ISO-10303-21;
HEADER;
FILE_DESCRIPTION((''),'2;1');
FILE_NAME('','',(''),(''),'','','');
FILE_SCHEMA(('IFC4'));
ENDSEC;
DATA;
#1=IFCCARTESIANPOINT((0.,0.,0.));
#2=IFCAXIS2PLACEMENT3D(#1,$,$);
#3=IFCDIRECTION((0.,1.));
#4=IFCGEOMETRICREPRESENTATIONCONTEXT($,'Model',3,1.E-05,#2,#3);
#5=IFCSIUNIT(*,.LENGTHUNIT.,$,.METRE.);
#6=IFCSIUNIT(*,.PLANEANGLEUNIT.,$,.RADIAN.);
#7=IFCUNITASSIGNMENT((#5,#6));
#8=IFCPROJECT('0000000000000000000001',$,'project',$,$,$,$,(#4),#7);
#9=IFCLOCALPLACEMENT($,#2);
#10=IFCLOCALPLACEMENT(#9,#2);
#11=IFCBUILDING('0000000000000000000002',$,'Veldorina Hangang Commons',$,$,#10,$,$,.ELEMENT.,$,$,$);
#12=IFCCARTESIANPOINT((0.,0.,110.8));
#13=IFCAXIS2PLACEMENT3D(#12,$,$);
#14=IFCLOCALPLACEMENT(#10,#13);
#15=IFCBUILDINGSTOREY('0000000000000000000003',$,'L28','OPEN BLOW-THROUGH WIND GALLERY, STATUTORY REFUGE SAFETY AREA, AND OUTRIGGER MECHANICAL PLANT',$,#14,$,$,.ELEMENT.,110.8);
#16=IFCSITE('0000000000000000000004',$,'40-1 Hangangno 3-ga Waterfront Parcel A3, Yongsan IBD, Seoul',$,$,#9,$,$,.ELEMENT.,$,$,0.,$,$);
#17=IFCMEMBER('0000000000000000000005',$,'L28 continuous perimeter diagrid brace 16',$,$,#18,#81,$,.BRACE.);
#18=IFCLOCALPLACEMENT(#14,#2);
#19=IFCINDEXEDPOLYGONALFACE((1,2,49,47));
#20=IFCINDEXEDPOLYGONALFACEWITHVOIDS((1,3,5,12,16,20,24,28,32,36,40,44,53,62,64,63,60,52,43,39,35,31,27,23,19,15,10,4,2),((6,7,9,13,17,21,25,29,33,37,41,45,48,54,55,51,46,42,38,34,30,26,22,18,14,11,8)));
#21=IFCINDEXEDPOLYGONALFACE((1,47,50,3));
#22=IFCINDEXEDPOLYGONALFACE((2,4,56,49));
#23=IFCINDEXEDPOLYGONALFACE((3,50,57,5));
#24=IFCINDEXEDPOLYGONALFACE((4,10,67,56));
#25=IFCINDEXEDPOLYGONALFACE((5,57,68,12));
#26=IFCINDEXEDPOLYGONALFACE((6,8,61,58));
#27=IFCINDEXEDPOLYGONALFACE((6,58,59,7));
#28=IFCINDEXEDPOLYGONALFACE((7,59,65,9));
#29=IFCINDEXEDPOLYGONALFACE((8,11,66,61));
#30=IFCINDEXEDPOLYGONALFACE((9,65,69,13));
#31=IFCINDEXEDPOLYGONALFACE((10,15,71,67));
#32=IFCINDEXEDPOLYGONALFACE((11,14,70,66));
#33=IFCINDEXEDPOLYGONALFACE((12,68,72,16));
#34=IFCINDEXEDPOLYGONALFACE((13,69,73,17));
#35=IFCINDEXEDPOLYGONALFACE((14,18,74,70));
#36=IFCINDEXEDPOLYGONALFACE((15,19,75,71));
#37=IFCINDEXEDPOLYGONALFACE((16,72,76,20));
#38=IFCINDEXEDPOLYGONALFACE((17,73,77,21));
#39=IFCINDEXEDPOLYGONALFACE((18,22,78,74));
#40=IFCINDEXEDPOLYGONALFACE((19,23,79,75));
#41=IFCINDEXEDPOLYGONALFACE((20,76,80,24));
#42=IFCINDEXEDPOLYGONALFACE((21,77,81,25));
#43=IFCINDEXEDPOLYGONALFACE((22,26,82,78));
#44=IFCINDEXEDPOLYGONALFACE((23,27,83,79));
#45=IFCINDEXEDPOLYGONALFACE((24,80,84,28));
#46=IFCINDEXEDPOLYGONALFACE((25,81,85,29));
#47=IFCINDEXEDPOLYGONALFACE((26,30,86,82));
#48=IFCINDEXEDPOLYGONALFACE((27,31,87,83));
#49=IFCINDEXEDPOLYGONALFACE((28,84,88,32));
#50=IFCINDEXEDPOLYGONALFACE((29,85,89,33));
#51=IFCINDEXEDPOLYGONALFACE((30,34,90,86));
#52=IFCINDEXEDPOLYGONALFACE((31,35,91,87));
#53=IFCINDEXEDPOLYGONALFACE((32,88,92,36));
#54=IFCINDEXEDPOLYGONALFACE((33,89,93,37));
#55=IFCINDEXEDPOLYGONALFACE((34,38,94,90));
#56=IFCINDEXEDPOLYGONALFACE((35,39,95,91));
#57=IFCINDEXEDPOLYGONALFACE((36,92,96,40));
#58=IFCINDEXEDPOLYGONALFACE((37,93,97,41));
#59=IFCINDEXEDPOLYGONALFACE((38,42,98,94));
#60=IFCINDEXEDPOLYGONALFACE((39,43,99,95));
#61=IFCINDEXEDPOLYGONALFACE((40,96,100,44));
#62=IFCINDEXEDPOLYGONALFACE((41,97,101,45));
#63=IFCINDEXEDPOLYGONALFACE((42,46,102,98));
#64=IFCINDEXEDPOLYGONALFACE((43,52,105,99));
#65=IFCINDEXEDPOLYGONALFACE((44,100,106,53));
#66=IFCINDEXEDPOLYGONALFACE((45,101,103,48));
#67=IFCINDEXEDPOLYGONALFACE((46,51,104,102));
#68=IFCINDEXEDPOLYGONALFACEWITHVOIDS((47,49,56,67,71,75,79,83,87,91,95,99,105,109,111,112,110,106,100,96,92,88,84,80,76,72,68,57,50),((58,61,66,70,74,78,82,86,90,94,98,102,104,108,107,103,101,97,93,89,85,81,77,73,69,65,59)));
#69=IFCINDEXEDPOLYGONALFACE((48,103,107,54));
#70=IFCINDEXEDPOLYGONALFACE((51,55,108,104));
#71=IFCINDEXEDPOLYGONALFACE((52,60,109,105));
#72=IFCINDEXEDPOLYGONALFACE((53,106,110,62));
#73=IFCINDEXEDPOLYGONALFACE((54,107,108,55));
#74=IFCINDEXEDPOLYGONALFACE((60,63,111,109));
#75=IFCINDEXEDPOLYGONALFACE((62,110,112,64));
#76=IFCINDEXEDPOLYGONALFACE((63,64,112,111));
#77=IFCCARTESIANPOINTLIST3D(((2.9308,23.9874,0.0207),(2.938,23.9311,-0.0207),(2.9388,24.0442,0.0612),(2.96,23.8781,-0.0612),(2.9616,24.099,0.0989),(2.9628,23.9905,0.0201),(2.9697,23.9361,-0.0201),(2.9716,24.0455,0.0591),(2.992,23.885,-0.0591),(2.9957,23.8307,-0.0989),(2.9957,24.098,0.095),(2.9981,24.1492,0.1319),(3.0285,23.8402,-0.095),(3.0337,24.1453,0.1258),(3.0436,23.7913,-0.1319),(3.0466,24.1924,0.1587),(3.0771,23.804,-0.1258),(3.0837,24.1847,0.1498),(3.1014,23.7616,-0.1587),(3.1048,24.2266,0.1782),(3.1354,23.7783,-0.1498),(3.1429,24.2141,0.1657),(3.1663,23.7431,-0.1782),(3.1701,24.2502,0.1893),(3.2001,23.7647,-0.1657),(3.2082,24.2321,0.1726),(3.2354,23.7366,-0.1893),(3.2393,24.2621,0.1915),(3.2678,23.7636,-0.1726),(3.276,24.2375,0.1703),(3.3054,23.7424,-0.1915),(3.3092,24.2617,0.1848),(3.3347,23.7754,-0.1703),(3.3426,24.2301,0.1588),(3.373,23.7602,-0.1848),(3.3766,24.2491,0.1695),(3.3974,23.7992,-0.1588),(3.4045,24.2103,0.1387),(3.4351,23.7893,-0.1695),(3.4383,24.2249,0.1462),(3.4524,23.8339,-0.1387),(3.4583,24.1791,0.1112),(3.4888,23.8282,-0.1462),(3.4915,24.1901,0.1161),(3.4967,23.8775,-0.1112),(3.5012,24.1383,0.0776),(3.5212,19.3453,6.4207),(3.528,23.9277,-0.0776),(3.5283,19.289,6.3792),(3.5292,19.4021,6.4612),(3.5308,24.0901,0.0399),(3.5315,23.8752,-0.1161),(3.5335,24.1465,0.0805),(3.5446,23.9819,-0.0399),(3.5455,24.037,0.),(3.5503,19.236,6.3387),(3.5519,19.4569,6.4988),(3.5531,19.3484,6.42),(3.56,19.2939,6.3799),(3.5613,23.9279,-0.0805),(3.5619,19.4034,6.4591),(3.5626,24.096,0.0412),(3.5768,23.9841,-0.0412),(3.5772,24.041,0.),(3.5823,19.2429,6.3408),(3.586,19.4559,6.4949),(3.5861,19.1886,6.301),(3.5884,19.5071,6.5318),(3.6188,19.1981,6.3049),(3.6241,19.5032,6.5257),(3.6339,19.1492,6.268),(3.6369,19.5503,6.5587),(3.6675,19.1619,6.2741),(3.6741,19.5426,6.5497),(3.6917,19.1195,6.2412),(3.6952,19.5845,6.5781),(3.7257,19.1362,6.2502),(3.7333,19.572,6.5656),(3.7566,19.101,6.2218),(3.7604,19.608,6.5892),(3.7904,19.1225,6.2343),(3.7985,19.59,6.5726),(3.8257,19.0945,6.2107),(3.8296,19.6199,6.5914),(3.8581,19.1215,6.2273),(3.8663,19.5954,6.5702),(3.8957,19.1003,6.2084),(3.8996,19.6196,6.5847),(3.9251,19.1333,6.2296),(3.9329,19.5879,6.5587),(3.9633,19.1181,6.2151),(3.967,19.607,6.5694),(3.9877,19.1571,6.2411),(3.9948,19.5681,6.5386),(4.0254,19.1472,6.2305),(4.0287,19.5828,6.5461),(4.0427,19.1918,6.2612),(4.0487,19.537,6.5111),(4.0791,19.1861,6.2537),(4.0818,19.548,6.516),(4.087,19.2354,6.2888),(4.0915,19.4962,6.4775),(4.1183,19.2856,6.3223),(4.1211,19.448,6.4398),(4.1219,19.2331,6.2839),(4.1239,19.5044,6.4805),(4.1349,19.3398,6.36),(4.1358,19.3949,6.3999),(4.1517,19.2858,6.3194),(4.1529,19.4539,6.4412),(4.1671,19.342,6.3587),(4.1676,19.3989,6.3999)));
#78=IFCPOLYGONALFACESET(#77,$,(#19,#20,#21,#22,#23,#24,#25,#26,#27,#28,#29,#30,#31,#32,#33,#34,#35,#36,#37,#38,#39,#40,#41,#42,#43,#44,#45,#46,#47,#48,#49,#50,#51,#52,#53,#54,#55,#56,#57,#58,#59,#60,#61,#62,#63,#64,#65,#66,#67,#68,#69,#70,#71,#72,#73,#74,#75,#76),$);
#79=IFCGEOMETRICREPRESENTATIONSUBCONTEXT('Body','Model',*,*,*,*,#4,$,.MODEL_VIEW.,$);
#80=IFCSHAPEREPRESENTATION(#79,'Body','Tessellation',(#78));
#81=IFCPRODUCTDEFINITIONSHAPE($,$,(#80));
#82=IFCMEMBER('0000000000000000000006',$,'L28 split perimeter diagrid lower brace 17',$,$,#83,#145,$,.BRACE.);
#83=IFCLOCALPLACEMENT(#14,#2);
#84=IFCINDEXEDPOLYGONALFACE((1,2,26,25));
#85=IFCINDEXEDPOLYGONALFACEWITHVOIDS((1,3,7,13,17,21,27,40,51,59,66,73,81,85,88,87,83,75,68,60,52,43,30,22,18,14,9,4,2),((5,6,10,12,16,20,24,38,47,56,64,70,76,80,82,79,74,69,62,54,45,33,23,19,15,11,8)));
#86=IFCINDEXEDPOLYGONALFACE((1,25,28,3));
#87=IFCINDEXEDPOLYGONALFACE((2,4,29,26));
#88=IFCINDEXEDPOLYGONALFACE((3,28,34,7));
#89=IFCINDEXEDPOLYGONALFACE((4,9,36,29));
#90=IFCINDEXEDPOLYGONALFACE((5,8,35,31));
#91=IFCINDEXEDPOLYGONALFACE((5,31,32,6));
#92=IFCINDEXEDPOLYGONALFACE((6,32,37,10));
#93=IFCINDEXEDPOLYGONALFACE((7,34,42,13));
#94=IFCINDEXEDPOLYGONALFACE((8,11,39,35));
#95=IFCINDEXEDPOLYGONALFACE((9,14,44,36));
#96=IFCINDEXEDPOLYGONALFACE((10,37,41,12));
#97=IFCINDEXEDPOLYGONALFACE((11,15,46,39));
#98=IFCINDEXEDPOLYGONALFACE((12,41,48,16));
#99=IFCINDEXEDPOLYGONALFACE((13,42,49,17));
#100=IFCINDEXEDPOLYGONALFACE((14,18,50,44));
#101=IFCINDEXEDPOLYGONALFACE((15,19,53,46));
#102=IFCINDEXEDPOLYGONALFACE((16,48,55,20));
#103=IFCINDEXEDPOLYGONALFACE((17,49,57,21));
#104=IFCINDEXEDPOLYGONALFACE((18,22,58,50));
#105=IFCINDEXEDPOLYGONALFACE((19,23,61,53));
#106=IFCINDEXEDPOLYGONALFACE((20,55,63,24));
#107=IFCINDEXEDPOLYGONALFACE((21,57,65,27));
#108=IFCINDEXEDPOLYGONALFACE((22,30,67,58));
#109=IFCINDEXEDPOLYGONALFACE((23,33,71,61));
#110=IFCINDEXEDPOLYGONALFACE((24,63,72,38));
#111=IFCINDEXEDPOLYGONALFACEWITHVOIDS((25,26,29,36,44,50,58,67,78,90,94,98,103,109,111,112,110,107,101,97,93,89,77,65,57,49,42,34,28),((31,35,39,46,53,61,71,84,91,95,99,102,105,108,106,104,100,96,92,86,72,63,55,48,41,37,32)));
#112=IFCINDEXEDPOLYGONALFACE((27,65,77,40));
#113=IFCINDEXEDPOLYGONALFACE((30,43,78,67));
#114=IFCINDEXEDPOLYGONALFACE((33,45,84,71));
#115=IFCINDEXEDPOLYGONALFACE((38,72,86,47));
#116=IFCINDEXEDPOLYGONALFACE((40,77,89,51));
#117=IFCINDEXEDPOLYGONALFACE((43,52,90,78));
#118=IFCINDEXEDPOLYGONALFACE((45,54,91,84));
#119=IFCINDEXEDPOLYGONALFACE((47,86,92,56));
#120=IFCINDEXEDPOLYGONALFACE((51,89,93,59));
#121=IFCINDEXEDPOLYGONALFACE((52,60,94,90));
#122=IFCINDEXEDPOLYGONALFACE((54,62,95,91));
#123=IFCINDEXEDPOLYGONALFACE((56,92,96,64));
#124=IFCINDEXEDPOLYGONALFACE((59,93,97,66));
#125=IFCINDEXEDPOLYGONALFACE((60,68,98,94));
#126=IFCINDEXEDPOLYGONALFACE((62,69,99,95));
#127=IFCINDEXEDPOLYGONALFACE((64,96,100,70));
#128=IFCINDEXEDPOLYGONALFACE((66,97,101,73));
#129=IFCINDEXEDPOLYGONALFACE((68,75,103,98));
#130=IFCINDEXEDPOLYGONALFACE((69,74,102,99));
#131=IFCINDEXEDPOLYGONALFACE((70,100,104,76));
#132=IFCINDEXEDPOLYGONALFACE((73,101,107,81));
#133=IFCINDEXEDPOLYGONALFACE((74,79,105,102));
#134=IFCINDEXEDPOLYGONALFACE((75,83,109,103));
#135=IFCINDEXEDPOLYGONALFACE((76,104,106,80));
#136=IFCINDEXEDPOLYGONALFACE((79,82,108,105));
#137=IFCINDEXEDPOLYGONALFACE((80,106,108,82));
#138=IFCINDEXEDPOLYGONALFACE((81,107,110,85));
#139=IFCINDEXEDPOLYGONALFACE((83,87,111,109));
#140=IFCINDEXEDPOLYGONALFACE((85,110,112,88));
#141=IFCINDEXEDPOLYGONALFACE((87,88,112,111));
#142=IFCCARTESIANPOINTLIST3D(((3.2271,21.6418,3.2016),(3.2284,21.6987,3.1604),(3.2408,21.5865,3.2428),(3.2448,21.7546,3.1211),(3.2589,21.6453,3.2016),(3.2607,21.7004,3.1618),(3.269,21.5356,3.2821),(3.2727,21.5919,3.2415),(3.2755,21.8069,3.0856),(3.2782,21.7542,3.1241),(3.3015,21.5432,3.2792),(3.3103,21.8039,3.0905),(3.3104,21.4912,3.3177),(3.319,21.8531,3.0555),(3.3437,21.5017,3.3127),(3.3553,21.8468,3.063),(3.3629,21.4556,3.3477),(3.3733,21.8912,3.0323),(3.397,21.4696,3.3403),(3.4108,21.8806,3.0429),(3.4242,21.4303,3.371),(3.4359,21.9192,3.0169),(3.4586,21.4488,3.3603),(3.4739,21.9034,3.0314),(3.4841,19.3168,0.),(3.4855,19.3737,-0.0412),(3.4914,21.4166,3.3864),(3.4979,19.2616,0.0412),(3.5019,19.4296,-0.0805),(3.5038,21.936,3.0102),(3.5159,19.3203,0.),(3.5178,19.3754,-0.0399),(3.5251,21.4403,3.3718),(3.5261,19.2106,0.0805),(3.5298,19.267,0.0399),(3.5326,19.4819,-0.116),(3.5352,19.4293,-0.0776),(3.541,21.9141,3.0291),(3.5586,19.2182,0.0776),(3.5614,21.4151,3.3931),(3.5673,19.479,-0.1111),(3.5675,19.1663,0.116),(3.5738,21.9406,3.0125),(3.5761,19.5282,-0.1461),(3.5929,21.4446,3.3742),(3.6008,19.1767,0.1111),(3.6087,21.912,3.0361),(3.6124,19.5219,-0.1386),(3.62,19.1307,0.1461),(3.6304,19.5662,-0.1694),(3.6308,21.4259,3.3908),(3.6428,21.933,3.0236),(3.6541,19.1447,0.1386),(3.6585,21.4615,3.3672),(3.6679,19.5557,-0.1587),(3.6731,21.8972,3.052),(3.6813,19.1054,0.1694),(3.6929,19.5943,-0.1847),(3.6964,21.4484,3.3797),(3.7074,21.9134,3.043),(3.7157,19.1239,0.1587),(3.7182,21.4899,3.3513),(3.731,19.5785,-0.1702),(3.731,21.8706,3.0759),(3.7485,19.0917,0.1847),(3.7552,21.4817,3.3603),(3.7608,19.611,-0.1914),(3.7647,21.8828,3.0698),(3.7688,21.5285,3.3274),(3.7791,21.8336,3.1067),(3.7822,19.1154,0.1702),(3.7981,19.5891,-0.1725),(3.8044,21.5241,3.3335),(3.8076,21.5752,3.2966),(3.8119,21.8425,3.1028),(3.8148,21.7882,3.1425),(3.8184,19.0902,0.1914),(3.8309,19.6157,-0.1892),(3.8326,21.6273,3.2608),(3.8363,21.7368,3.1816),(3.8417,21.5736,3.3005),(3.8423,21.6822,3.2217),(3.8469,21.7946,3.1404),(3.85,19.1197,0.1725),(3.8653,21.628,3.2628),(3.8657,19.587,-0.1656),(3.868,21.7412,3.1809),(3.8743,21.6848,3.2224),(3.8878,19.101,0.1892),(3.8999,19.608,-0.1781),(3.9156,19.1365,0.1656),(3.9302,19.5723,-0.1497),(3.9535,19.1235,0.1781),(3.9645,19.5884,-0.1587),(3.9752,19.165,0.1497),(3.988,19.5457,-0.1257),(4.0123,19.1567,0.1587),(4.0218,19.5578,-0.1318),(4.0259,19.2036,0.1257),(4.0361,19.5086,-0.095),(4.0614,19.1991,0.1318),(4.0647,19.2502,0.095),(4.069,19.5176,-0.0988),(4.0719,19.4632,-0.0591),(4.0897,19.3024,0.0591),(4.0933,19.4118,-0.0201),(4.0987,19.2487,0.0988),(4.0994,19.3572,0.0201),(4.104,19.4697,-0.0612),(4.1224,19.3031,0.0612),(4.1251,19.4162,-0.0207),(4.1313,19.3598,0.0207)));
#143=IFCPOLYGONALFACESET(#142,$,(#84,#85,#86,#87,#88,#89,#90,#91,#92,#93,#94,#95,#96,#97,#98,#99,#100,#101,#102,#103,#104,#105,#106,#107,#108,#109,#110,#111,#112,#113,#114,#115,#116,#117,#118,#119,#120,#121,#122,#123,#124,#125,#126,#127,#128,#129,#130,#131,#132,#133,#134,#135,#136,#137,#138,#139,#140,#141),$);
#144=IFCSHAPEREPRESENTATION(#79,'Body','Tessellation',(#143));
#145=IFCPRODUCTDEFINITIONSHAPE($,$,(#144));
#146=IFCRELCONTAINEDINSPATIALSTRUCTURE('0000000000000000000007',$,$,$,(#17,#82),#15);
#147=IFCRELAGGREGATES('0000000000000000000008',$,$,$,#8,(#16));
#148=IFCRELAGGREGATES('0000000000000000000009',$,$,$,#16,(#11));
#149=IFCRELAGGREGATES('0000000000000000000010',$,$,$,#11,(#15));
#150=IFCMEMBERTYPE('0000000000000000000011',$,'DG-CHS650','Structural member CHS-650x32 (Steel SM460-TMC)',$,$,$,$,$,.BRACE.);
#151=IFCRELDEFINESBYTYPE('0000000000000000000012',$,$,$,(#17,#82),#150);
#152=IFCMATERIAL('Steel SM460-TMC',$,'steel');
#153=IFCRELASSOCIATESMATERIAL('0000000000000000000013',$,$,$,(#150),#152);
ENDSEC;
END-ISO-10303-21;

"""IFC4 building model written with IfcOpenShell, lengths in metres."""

from ifc_helpers import new_model, si_unit, direction, frame, origin, origin_2d, place, context, subcontext, project, spatial, hollow_circle, extrude, material, material_profile, profile_set, type_object, element, save


model = new_model("IFC4")

# Units and contexts
model_context = context("Model", 3, precision=1e-05, world=origin(), true_north=direction((0.0, 1.0)))
body_context = subcontext(model_context, "Body", "Model", "MODEL_VIEW")
ifc_project = project(units=[si_unit("LENGTHUNIT", "METRE"), si_unit("PLANEANGLEUNIT", "RADIAN")], contexts=[model_context])

# Site, building, storey
site_placement = place(None, origin())
site = spatial("IfcSite", under=ifc_project, at=site_placement, Name="40-1 Hangangno 3-ga Waterfront Parcel A3, Yongsan IBD, Seoul", CompositionType="ELEMENT", RefElevation=0.0)
building_placement = place(site_placement, origin())
building = spatial("IfcBuilding", under=site, at=building_placement, Name="Veldorina Hangang Commons", CompositionType="ELEMENT")
storey_placement = place(building_placement, frame((0.0, 0.0, 110.8)))
storey = spatial("IfcBuildingStorey", under=building, at=storey_placement, Name="L28", Description="OPEN BLOW-THROUGH WIND GALLERY, STATUTORY REFUGE SAFETY AREA, AND OUTRIGGER MECHANICAL PLANT", CompositionType="ELEMENT", Elevation=110.8)

# Shared definitions
ifc_material_1 = material(Name="Steel SM460-TMC", Category="steel")

# Members
ifc_material_profile_1 = material_profile(ifc_material_1, hollow_circle(Radius=0.325, WallThickness=0.032, at=origin_2d()), Name="CHS-650x32")
ifc_profile_set_1 = profile_set([ifc_material_profile_1], Name="Steel SM460-TMC")
member_type_1 = type_object("IfcMemberType", Name="DG-CHS650", Description="Structural member CHS-650x32 (Steel SM460-TMC)", PredefinedType="BRACE", material=ifc_profile_set_1)
member_1_placement = place(storey_placement, frame((3.2549, 24.0, 0.0), z_axis=(0.07446, -0.585517, 0.807233), x_axis=(0.992011, 0.126153, 0.0)))
element("IfcMember", 1, at=member_1_placement, inside=storey, type_object=member_type_1, Name="L28 continuous perimeter diagrid brace 16", PredefinedType="BRACE", context=body_context, shape_type="SweptSolid", body=[
    extrude(hollow_circle(Radius=0.325, WallThickness=0.032, at=origin_2d()), origin(), (0.0, 0.0, 1.0), 7.9282),
])
member_2_placement = place(storey_placement, frame((3.8071, 19.3525, 0.0), z_axis=(-0.064836, 0.586352, 0.807458), x_axis=(-0.993942, -0.109905, 0.0)))
element("IfcMember", 2, at=member_2_placement, inside=storey, type_object=member_type_1, Name="L28 split perimeter diagrid lower brace 17", PredefinedType="BRACE", context=body_context, shape_type="SweptSolid", body=[
    extrude(hollow_circle(Radius=0.325, WallThickness=0.032, at=origin_2d()), origin(), (0.0, 0.0, 1.0), 3.9651),
])

save(model, "model.ifc")
